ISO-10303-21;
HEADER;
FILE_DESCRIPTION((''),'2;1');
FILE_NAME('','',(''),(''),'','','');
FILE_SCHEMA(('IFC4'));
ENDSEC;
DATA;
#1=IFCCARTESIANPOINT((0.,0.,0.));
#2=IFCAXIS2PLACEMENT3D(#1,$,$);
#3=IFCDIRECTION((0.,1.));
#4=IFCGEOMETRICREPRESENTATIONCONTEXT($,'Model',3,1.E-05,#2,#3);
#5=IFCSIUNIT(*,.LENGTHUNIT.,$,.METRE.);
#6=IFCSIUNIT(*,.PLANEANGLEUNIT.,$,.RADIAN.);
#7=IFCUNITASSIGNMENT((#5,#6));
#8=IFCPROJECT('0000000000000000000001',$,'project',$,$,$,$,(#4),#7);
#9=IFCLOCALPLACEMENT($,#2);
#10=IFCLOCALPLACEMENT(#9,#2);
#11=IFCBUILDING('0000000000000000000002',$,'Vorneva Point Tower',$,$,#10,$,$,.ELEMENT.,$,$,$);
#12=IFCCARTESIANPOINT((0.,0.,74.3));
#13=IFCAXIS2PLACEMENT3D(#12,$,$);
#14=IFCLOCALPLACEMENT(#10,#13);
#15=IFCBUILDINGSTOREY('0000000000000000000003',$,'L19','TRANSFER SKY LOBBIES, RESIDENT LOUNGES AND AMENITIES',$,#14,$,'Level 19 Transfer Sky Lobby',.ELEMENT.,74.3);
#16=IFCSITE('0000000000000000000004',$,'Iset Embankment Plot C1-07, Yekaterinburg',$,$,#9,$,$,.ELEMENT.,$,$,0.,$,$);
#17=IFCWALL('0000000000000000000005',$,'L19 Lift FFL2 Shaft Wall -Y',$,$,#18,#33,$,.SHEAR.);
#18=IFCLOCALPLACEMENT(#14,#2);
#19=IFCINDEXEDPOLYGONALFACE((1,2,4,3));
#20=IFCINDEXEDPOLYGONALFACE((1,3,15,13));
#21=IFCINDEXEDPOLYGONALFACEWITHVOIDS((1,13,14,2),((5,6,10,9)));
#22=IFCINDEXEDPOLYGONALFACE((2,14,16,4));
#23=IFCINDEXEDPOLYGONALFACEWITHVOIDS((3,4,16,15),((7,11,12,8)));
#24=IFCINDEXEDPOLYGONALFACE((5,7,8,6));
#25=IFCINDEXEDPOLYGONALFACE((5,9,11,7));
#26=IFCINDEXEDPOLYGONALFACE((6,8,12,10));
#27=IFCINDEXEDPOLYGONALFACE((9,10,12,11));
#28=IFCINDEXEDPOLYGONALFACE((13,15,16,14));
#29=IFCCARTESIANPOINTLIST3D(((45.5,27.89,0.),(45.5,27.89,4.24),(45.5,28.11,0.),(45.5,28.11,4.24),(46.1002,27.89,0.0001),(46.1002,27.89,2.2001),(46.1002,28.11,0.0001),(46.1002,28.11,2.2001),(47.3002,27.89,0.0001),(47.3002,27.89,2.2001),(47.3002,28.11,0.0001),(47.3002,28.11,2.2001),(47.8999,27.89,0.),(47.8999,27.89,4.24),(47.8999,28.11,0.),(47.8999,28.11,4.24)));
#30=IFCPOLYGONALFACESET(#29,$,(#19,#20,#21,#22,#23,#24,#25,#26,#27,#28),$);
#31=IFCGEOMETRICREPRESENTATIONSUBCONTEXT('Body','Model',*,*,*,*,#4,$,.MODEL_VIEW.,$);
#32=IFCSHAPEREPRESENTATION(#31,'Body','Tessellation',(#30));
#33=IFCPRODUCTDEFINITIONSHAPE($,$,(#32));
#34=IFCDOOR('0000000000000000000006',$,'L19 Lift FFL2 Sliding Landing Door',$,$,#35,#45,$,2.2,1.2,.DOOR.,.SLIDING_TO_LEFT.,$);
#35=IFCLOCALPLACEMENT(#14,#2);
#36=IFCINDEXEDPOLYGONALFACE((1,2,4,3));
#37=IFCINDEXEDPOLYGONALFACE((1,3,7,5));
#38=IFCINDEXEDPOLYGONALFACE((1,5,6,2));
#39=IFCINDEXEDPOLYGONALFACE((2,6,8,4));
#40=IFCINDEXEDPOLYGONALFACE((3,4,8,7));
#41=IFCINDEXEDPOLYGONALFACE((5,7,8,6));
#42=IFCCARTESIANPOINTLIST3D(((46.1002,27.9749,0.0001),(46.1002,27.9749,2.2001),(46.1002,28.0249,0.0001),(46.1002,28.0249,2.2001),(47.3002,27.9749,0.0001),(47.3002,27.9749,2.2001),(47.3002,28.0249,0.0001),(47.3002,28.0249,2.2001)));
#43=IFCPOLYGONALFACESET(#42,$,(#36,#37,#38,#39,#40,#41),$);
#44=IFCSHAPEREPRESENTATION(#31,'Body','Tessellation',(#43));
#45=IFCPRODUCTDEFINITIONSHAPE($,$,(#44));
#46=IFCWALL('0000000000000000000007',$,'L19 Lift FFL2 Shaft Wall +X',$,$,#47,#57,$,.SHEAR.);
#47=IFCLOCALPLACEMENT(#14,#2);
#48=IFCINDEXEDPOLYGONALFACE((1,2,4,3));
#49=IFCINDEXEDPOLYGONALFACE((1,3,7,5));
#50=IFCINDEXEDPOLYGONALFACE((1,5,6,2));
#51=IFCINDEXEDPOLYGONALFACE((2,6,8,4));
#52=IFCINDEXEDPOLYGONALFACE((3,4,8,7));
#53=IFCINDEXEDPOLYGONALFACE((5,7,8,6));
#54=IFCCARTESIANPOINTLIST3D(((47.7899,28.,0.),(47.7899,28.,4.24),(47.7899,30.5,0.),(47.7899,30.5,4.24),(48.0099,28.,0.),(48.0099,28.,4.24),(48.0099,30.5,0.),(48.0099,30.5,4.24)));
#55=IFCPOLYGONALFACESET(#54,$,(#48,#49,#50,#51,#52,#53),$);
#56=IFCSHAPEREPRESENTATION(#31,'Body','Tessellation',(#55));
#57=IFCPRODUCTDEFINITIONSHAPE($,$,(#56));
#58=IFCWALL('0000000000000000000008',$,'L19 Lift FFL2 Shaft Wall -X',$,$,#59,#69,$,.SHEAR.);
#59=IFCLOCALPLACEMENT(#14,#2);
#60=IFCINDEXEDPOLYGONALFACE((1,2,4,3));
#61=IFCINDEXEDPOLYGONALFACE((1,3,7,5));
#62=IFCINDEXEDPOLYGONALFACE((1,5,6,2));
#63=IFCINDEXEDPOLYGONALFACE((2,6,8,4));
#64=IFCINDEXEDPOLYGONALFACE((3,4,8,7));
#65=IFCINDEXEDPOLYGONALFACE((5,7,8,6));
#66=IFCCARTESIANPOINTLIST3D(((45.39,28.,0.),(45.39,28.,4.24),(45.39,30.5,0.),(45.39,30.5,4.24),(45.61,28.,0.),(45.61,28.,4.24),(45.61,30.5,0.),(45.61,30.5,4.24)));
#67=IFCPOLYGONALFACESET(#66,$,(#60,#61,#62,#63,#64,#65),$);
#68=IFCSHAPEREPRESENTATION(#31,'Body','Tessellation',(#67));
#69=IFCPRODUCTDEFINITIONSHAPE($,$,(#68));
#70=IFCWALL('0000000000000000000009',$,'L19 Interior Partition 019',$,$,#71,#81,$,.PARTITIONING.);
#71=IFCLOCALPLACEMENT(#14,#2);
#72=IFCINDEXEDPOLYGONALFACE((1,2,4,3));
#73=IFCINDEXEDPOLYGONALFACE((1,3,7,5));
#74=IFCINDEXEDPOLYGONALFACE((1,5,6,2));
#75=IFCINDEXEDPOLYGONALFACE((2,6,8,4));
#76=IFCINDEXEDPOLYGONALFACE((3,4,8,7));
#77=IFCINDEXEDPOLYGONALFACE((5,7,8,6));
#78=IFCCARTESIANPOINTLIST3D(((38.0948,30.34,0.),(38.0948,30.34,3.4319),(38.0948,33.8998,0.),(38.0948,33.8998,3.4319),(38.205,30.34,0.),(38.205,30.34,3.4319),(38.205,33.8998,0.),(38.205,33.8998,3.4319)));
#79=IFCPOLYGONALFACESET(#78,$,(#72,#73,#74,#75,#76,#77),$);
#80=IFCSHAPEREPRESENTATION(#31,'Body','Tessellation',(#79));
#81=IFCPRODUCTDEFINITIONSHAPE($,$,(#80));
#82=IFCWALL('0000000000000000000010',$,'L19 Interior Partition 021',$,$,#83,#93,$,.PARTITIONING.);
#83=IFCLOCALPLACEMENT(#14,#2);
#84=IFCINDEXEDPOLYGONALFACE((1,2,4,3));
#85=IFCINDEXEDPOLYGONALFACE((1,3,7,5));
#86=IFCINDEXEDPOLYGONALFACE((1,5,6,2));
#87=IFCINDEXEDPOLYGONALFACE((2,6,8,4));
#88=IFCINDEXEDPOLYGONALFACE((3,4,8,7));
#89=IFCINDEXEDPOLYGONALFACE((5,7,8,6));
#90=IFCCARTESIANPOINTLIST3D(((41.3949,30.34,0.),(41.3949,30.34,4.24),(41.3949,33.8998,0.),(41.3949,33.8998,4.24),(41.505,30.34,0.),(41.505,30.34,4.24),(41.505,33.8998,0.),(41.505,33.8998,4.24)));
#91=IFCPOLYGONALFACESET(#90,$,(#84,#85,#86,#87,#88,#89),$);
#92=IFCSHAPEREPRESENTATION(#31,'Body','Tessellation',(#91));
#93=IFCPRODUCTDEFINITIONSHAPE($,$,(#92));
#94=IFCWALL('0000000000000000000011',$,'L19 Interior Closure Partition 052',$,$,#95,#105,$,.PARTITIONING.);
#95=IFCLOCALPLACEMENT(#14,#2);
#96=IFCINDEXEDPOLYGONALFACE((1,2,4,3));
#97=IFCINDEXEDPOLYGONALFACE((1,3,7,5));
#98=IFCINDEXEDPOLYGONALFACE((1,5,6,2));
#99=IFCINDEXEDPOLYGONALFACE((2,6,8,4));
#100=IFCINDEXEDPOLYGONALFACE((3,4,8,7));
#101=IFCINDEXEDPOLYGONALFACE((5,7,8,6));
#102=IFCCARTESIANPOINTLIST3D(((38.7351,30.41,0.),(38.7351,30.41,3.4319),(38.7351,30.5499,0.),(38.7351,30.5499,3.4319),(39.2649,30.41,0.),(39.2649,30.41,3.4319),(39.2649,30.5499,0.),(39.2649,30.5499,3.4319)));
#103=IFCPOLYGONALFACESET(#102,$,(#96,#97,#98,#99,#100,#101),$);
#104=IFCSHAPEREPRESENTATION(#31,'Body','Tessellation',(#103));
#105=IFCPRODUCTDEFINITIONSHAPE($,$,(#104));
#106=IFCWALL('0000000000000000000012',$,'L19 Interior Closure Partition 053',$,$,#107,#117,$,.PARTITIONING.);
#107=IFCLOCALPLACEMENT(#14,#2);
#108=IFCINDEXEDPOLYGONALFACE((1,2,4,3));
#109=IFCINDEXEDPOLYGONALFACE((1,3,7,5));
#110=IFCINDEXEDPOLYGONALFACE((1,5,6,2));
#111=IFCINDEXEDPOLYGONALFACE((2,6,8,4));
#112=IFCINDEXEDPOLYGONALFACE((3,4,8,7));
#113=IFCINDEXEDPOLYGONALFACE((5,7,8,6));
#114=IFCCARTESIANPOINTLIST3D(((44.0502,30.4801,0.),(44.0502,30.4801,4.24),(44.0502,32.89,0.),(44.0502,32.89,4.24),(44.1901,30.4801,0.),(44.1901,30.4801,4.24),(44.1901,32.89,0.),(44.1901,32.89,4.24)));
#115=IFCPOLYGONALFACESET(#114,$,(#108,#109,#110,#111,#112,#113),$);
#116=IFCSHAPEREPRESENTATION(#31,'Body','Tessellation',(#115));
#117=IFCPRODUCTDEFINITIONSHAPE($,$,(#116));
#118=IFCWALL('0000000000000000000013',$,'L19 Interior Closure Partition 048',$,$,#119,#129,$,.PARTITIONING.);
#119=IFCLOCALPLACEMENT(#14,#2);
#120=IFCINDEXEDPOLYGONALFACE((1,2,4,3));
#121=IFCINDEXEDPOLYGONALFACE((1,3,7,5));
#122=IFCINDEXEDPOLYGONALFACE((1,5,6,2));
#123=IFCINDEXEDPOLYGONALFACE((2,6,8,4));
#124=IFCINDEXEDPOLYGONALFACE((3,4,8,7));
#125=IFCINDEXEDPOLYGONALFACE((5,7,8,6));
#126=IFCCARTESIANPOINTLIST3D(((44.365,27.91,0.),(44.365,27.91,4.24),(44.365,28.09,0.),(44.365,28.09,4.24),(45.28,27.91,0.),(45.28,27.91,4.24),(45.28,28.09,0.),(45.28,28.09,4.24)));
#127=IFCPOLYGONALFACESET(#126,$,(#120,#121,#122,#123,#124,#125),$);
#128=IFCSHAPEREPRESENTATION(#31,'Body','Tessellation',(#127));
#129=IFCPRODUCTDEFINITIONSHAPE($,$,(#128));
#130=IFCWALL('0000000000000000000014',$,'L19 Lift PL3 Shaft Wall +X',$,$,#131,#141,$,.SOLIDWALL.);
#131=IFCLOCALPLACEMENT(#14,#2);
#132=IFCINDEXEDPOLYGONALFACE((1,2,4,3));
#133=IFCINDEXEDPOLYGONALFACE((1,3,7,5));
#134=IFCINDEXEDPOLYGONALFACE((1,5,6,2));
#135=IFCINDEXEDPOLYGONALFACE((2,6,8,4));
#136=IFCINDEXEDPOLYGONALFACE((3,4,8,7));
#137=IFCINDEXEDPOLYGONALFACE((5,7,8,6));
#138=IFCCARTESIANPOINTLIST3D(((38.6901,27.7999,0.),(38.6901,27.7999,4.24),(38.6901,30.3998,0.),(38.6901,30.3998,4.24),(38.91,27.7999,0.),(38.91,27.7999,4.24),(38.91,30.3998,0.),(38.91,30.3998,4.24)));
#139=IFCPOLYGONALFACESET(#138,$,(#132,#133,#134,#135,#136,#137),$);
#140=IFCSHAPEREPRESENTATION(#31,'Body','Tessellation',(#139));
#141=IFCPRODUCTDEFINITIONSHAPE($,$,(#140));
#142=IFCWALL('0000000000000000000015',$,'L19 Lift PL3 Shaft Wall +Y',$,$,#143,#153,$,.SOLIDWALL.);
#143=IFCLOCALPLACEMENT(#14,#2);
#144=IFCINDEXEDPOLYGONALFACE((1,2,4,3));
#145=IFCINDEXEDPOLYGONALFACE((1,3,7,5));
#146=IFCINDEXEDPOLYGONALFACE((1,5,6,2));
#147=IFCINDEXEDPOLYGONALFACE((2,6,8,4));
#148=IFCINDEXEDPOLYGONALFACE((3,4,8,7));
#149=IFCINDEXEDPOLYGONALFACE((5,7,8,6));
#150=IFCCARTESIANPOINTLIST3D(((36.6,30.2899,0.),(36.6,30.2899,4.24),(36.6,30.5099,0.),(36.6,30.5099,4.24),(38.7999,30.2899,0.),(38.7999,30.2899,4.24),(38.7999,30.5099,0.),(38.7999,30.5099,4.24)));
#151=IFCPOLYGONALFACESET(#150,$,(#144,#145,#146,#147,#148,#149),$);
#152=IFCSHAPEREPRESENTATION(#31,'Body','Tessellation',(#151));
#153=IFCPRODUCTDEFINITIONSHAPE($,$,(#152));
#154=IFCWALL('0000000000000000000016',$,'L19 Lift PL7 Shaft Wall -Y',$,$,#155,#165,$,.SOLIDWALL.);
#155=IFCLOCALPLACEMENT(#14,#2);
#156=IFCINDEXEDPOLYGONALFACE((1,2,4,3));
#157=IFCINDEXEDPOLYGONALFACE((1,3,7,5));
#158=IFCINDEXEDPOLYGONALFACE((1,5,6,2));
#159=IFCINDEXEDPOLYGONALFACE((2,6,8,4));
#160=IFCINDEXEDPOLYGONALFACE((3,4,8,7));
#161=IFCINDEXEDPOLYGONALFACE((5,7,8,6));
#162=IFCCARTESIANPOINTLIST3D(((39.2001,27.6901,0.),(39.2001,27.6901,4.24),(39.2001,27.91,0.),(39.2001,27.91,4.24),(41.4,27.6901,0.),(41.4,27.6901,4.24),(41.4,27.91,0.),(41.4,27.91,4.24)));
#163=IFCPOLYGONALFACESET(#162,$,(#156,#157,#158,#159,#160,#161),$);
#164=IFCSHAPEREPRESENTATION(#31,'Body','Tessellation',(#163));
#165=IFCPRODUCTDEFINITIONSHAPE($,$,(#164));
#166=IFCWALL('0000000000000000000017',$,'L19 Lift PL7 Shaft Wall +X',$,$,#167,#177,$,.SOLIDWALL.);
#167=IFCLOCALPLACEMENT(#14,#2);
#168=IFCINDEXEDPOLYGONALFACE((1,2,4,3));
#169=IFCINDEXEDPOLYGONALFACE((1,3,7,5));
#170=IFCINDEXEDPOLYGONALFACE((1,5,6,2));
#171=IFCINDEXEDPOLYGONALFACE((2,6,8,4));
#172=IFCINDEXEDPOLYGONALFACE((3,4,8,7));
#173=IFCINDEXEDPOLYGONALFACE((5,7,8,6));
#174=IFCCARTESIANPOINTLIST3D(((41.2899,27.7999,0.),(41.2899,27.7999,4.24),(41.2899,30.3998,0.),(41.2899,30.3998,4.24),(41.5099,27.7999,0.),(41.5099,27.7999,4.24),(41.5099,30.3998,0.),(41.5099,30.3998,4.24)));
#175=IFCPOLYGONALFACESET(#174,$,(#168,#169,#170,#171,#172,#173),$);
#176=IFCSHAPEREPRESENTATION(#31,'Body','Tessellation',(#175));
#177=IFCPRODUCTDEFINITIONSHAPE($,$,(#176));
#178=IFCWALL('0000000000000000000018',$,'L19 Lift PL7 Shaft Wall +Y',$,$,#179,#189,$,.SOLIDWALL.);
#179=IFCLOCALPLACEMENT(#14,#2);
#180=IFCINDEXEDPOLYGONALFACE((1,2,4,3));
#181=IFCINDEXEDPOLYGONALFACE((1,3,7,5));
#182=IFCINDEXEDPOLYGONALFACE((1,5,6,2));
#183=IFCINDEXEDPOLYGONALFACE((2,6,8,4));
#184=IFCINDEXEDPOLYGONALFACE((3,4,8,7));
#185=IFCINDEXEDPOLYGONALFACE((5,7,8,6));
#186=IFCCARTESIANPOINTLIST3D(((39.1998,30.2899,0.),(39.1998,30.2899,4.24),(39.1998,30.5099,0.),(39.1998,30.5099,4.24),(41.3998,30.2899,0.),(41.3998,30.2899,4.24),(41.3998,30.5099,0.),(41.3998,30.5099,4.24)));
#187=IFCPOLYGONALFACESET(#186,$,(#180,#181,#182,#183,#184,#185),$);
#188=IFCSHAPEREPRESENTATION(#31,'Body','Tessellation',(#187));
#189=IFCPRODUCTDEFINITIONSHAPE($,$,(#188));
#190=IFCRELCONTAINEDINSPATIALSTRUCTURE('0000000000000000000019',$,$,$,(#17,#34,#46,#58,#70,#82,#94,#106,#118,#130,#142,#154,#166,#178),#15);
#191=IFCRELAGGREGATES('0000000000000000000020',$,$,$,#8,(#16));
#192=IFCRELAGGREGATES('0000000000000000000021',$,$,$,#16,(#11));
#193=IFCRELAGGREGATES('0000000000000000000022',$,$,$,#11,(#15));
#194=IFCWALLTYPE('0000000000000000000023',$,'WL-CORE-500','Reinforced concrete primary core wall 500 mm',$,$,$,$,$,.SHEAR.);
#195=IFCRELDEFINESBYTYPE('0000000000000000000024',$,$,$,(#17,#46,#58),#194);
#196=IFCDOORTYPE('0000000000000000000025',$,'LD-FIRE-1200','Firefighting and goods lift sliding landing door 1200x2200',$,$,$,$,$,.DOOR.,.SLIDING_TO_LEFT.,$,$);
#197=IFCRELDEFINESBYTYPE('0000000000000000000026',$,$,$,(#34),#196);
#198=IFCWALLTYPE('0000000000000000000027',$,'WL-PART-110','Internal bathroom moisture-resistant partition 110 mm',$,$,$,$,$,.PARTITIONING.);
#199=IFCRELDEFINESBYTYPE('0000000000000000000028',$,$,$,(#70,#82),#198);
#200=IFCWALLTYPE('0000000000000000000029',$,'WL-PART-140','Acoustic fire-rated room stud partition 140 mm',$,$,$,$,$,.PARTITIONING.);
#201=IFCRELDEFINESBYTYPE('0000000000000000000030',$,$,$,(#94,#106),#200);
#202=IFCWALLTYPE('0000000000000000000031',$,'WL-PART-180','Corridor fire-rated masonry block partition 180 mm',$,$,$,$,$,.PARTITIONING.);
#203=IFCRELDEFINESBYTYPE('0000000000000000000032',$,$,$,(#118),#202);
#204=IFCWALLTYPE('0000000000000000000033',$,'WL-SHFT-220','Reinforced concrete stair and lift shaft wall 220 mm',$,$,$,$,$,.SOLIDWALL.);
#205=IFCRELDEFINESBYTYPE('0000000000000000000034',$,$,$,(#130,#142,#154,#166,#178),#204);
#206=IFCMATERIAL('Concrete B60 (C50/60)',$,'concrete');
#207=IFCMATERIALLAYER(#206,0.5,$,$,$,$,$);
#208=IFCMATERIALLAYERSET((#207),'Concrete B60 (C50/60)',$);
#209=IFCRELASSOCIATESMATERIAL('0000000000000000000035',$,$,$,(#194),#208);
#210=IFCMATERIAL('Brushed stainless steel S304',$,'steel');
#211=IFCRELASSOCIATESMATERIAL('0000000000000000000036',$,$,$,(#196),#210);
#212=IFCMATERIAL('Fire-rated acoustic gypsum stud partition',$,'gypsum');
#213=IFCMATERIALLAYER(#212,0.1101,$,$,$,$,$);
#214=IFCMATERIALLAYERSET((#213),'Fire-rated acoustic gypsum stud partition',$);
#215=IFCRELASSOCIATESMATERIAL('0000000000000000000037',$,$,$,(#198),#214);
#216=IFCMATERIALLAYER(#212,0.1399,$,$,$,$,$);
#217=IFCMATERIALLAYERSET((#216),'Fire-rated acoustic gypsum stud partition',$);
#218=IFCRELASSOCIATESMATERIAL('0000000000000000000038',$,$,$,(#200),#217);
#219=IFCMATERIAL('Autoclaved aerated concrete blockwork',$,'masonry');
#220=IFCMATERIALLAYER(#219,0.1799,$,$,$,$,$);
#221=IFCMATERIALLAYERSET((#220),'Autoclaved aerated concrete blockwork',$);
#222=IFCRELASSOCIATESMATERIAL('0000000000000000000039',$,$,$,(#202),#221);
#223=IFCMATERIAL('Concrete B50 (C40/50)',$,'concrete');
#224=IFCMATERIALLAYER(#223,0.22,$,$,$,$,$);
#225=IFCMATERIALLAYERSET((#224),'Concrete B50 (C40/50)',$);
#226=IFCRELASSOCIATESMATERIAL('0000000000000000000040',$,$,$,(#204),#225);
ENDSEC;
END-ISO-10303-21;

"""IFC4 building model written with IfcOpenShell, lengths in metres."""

from ifc_helpers import new_model, si_unit, direction, frame, frame_2d, origin, place, context, subcontext, project, spatial, rectangle, extrude, material, layer, layer_set, type_object, element, fill, save


model = new_model("IFC4")

# Units and contexts
model_context = context("Model", 3, precision=1e-05, world=origin(), true_north=direction((0.0, 1.0)))
body_context = subcontext(model_context, "Body", "Model", "MODEL_VIEW")
ifc_project = project(units=[si_unit("LENGTHUNIT", "METRE"), si_unit("PLANEANGLEUNIT", "RADIAN")], contexts=[model_context])

# Site, building, storey
site_placement = place(None, origin())
site = spatial("IfcSite", under=ifc_project, at=site_placement, Name="Iset Embankment Plot C1-07, Yekaterinburg", CompositionType="ELEMENT", RefElevation=0.0)
building_placement = place(site_placement, origin())
building = spatial("IfcBuilding", under=site, at=building_placement, Name="Vorneva Point Tower", CompositionType="ELEMENT")
storey_placement = place(building_placement, frame((0.0, 0.0, 74.3)))
storey = spatial("IfcBuildingStorey", under=building, at=storey_placement, Name="L19", Description="TRANSFER SKY LOBBIES, RESIDENT LOUNGES AND AMENITIES", LongName="Level 19 Transfer Sky Lobby", CompositionType="ELEMENT", Elevation=74.3)

# Wall, opening, door
ifc_material_1 = material(Name="Concrete B60 (C50/60)", Category="concrete")
ifc_layer_1 = layer(ifc_material_1, 0.5)
ifc_layer_set_1 = layer_set([ifc_layer_1], Name="Concrete B60 (C50/60)")
wall_type_1 = type_object("IfcWallType", Name="WL-CORE-500", Description="Reinforced concrete primary core wall 500 mm", PredefinedType="SHEAR", material=ifc_layer_set_1)
wall_1_placement = place(storey_placement, frame((45.5, 28.0, 0.0), z_axis=(0.0, 0.0, 1.0), x_axis=(1.0, 0.0, 0.0)))
wall_1 = element("IfcWall", 1, at=wall_1_placement, inside=storey, type_object=wall_type_1, Name="L19 Lift FFL2 Shaft Wall -Y", PredefinedType="SHEAR", context=body_context, shape_type="SweptSolid", body=[
    extrude(rectangle(XDim=2.3999, YDim=0.22, at=frame_2d((1.2, 0.0))), origin(), (0.0, 0.0, 1.0), 4.24),
])
opening_1_placement = place(wall_1_placement, frame((0.6001, 0.0, 0.0)))
opening_1 = element("IfcOpeningElement", 2, at=opening_1_placement, cuts=wall_1, PredefinedType="OPENING", context=body_context, shape_type="SweptSolid", body=[
    extrude(rectangle(XDim=1.2, YDim=2.2, at=frame_2d((0.6001, 1.1001))), frame((0.0, 0.125, 0.0), z_axis=(0.0, -1.0, 0.0), x_axis=(1.0, 0.0, 0.0)), (0.0, 0.0, 1.0), 0.2498),
])
ifc_material_2 = material(Name="Brushed stainless steel S304", Category="steel")
door_type_1 = type_object("IfcDoorType", Name="LD-FIRE-1200", Description="Firefighting and goods lift sliding landing door 1200x2200", OperationType="SLIDING_TO_LEFT", PredefinedType="DOOR", material=ifc_material_2)
door_1_placement = place(opening_1_placement, origin())
door_1 = element("IfcDoor", 3, at=door_1_placement, inside=storey, type_object=door_type_1, Name="L19 Lift FFL2 Sliding Landing Door", OperationType="SLIDING_TO_LEFT", OverallHeight=2.2, OverallWidth=1.2, PredefinedType="DOOR", context=body_context, shape_type="SweptSolid", body=[
    extrude(rectangle(XDim=1.2, YDim=2.2, at=frame_2d((0.6001, 1.1001))), frame((0.0, 0.0249, 0.0), z_axis=(0.0, -1.0, 0.0), x_axis=(1.0, 0.0, 0.0)), (0.0, 0.0, 1.0), 0.05),
])
fill(opening_1, door_1)

# Walls
for number, where, z_axis, x_axis, name in (
    (4, (47.8999, 28.0, 0.0), (0.0, 0.0, 1.0), (0.0, 1.0, 0.0), "L19 Lift FFL2 Shaft Wall +X"),
    (5, (45.5, 30.5, 0.0), (0.0, 0.0, 1.0), (0.0, -1.0, 0.0), "L19 Lift FFL2 Shaft Wall -X"),
):
    element("IfcWall", number, at=place(storey_placement, frame(where, z_axis=z_axis, x_axis=x_axis)), inside=storey, type_object=wall_type_1, Name=name, PredefinedType="SHEAR", context=body_context, shape_type="SweptSolid", body=[
        extrude(rectangle(XDim=2.5, YDim=0.22, at=frame_2d((1.25, 0.0))), origin(), (0.0, 0.0, 1.0), 4.24),
    ])
ifc_material_3 = material(Name="Fire-rated acoustic gypsum stud partition", Category="gypsum")
ifc_layer_2 = layer(ifc_material_3, 0.1101)
ifc_layer_set_2 = layer_set([ifc_layer_2], Name="Fire-rated acoustic gypsum stud partition")
wall_type_2 = type_object("IfcWallType", Name="WL-PART-110", Description="Internal bathroom moisture-resistant partition 110 mm", PredefinedType="PARTITIONING", material=ifc_layer_set_2)
wall_2_placement = place(storey_placement, frame((38.1499, 30.3401, 0.0), z_axis=(0.0, 0.0, 1.0), x_axis=(0.0, 1.0, 0.0)))
element("IfcWall", 6, at=wall_2_placement, inside=storey, type_object=wall_type_2, Name="L19 Interior Partition 019", PredefinedType="PARTITIONING", context=body_context, shape_type="SweptSolid", body=[
    extrude(rectangle(XDim=3.5598, YDim=0.1101, at=frame_2d((1.7798, 0.0))), origin(), (0.0, 0.0, 1.0), 3.4319),
])
wall_3_placement = place(storey_placement, frame((41.45, 30.3401, 0.0), z_axis=(0.0, 0.0, 1.0), x_axis=(0.0, 1.0, 0.0)))
element("IfcWall", 7, at=wall_3_placement, inside=storey, type_object=wall_type_2, Name="L19 Interior Partition 021", PredefinedType="PARTITIONING", context=body_context, shape_type="SweptSolid", body=[
    extrude(rectangle(XDim=3.5598, YDim=0.1101, at=frame_2d((1.7798, 0.0))), origin(), (0.0, 0.0, 1.0), 4.24),
])
ifc_layer_3 = layer(ifc_material_3, 0.1399)
ifc_layer_set_3 = layer_set([ifc_layer_3], Name="Fire-rated acoustic gypsum stud partition")
wall_type_3 = type_object("IfcWallType", Name="WL-PART-140", Description="Acoustic fire-rated room stud partition 140 mm", PredefinedType="PARTITIONING", material=ifc_layer_set_3)
wall_4_placement = place(storey_placement, frame((38.7351, 30.48, 0.0), z_axis=(0.0, 0.0, 1.0), x_axis=(1.0, 0.0, 0.0)))
element("IfcWall", 8, at=wall_4_placement, inside=storey, type_object=wall_type_3, Name="L19 Interior Closure Partition 052", PredefinedType="PARTITIONING", context=body_context, shape_type="SweptSolid", body=[
    extrude(rectangle(XDim=0.5298, YDim=0.1399, at=frame_2d((0.2649, 0.0))), origin(), (0.0, 0.0, 1.0), 3.4319),
])
wall_5_placement = place(storey_placement, frame((44.1201, 30.48, 0.0), z_axis=(0.0, 0.0, 1.0), x_axis=(0.0, 1.0, 0.0)))
element("IfcWall", 9, at=wall_5_placement, inside=storey, type_object=wall_type_3, Name="L19 Interior Closure Partition 053", PredefinedType="PARTITIONING", context=body_context, shape_type="SweptSolid", body=[
    extrude(rectangle(XDim=2.4099, YDim=0.1399, at=frame_2d((1.2051, 0.0))), origin(), (0.0, 0.0, 1.0), 4.24),
])

# Shared definitions
ifc_material_4 = material(Name="Autoclaved aerated concrete blockwork", Category="masonry")
ifc_layer_4 = layer(ifc_material_4, 0.1799)
ifc_layer_set_4 = layer_set([ifc_layer_4], Name="Autoclaved aerated concrete blockwork")
wall_type_4 = type_object("IfcWallType", Name="WL-PART-180", Description="Corridor fire-rated masonry block partition 180 mm", PredefinedType="PARTITIONING", material=ifc_layer_set_4)

# Walls
wall_6_placement = place(storey_placement, frame((45.28, 28.0, 0.0), z_axis=(0.0, 0.0, 1.0), x_axis=(-1.0, 0.0, 0.0)))
element("IfcWall", 10, at=wall_6_placement, inside=storey, type_object=wall_type_4, Name="L19 Interior Closure Partition 048", PredefinedType="PARTITIONING", context=body_context, shape_type="SweptSolid", body=[
    extrude(rectangle(XDim=0.915, YDim=0.1799, at=frame_2d((0.4575, 0.0))), origin(), (0.0, 0.0, 1.0), 4.24),
])
ifc_material_5 = material(Name="Concrete B50 (C40/50)", Category="concrete")
ifc_layer_5 = layer(ifc_material_5, 0.22)
ifc_layer_set_5 = layer_set([ifc_layer_5], Name="Concrete B50 (C40/50)")
wall_type_5 = type_object("IfcWallType", Name="WL-SHFT-220", Description="Reinforced concrete stair and lift shaft wall 220 mm", PredefinedType="SOLIDWALL", material=ifc_layer_set_5)
wall_7_placement = place(storey_placement, frame((38.8, 27.8, 0.0), z_axis=(0.0, 0.0, 1.0), x_axis=(0.0, 1.0, 0.0)))
element("IfcWall", 11, at=wall_7_placement, inside=storey, type_object=wall_type_5, Name="L19 Lift PL3 Shaft Wall +X", PredefinedType="SOLIDWALL", context=body_context, shape_type="SweptSolid", body=[
    extrude(rectangle(XDim=2.5999, YDim=0.22, at=frame_2d((1.2998, 0.0))), origin(), (0.0, 0.0, 1.0), 4.24),
])
for number, where, z_axis, x_axis, name in (
    (12, (38.8, 30.3999, 0.0), (0.0, 0.0, 1.0), (-1.0, 0.0, 0.0), "L19 Lift PL3 Shaft Wall +Y"),
    (13, (39.2, 27.8, 0.0), (0.0, 0.0, 1.0), (1.0, 0.0, 0.0), "L19 Lift PL7 Shaft Wall -Y"),
):
    element("IfcWall", number, at=place(storey_placement, frame(where, z_axis=z_axis, x_axis=x_axis)), inside=storey, type_object=wall_type_5, Name=name, PredefinedType="SOLIDWALL", context=body_context, shape_type="SweptSolid", body=[
        extrude(rectangle(XDim=2.2, YDim=0.22, at=frame_2d((1.1001, 0.0))), origin(), (0.0, 0.0, 1.0), 4.24),
    ])
wall_8_placement = place(storey_placement, frame((41.3999, 27.8, 0.0), z_axis=(0.0, 0.0, 1.0), x_axis=(0.0, 1.0, 0.0)))
element("IfcWall", 14, at=wall_8_placement, inside=storey, type_object=wall_type_5, Name="L19 Lift PL7 Shaft Wall +X", PredefinedType="SOLIDWALL", context=body_context, shape_type="SweptSolid", body=[
    extrude(rectangle(XDim=2.5999, YDim=0.22, at=frame_2d((1.2998, 0.0))), origin(), (0.0, 0.0, 1.0), 4.24),
])
wall_9_placement = place(storey_placement, frame((41.3999, 30.3999, 0.0), z_axis=(0.0, 0.0, 1.0), x_axis=(-1.0, 0.0, 0.0)))
element("IfcWall", 15, at=wall_9_placement, inside=storey, type_object=wall_type_5, Name="L19 Lift PL7 Shaft Wall +Y", PredefinedType="SOLIDWALL", context=body_context, shape_type="SweptSolid", body=[
    extrude(rectangle(XDim=2.2, YDim=0.22, at=frame_2d((1.1001, 0.0))), origin(), (0.0, 0.0, 1.0), 4.24),
])

save(model, "model.ifc")
